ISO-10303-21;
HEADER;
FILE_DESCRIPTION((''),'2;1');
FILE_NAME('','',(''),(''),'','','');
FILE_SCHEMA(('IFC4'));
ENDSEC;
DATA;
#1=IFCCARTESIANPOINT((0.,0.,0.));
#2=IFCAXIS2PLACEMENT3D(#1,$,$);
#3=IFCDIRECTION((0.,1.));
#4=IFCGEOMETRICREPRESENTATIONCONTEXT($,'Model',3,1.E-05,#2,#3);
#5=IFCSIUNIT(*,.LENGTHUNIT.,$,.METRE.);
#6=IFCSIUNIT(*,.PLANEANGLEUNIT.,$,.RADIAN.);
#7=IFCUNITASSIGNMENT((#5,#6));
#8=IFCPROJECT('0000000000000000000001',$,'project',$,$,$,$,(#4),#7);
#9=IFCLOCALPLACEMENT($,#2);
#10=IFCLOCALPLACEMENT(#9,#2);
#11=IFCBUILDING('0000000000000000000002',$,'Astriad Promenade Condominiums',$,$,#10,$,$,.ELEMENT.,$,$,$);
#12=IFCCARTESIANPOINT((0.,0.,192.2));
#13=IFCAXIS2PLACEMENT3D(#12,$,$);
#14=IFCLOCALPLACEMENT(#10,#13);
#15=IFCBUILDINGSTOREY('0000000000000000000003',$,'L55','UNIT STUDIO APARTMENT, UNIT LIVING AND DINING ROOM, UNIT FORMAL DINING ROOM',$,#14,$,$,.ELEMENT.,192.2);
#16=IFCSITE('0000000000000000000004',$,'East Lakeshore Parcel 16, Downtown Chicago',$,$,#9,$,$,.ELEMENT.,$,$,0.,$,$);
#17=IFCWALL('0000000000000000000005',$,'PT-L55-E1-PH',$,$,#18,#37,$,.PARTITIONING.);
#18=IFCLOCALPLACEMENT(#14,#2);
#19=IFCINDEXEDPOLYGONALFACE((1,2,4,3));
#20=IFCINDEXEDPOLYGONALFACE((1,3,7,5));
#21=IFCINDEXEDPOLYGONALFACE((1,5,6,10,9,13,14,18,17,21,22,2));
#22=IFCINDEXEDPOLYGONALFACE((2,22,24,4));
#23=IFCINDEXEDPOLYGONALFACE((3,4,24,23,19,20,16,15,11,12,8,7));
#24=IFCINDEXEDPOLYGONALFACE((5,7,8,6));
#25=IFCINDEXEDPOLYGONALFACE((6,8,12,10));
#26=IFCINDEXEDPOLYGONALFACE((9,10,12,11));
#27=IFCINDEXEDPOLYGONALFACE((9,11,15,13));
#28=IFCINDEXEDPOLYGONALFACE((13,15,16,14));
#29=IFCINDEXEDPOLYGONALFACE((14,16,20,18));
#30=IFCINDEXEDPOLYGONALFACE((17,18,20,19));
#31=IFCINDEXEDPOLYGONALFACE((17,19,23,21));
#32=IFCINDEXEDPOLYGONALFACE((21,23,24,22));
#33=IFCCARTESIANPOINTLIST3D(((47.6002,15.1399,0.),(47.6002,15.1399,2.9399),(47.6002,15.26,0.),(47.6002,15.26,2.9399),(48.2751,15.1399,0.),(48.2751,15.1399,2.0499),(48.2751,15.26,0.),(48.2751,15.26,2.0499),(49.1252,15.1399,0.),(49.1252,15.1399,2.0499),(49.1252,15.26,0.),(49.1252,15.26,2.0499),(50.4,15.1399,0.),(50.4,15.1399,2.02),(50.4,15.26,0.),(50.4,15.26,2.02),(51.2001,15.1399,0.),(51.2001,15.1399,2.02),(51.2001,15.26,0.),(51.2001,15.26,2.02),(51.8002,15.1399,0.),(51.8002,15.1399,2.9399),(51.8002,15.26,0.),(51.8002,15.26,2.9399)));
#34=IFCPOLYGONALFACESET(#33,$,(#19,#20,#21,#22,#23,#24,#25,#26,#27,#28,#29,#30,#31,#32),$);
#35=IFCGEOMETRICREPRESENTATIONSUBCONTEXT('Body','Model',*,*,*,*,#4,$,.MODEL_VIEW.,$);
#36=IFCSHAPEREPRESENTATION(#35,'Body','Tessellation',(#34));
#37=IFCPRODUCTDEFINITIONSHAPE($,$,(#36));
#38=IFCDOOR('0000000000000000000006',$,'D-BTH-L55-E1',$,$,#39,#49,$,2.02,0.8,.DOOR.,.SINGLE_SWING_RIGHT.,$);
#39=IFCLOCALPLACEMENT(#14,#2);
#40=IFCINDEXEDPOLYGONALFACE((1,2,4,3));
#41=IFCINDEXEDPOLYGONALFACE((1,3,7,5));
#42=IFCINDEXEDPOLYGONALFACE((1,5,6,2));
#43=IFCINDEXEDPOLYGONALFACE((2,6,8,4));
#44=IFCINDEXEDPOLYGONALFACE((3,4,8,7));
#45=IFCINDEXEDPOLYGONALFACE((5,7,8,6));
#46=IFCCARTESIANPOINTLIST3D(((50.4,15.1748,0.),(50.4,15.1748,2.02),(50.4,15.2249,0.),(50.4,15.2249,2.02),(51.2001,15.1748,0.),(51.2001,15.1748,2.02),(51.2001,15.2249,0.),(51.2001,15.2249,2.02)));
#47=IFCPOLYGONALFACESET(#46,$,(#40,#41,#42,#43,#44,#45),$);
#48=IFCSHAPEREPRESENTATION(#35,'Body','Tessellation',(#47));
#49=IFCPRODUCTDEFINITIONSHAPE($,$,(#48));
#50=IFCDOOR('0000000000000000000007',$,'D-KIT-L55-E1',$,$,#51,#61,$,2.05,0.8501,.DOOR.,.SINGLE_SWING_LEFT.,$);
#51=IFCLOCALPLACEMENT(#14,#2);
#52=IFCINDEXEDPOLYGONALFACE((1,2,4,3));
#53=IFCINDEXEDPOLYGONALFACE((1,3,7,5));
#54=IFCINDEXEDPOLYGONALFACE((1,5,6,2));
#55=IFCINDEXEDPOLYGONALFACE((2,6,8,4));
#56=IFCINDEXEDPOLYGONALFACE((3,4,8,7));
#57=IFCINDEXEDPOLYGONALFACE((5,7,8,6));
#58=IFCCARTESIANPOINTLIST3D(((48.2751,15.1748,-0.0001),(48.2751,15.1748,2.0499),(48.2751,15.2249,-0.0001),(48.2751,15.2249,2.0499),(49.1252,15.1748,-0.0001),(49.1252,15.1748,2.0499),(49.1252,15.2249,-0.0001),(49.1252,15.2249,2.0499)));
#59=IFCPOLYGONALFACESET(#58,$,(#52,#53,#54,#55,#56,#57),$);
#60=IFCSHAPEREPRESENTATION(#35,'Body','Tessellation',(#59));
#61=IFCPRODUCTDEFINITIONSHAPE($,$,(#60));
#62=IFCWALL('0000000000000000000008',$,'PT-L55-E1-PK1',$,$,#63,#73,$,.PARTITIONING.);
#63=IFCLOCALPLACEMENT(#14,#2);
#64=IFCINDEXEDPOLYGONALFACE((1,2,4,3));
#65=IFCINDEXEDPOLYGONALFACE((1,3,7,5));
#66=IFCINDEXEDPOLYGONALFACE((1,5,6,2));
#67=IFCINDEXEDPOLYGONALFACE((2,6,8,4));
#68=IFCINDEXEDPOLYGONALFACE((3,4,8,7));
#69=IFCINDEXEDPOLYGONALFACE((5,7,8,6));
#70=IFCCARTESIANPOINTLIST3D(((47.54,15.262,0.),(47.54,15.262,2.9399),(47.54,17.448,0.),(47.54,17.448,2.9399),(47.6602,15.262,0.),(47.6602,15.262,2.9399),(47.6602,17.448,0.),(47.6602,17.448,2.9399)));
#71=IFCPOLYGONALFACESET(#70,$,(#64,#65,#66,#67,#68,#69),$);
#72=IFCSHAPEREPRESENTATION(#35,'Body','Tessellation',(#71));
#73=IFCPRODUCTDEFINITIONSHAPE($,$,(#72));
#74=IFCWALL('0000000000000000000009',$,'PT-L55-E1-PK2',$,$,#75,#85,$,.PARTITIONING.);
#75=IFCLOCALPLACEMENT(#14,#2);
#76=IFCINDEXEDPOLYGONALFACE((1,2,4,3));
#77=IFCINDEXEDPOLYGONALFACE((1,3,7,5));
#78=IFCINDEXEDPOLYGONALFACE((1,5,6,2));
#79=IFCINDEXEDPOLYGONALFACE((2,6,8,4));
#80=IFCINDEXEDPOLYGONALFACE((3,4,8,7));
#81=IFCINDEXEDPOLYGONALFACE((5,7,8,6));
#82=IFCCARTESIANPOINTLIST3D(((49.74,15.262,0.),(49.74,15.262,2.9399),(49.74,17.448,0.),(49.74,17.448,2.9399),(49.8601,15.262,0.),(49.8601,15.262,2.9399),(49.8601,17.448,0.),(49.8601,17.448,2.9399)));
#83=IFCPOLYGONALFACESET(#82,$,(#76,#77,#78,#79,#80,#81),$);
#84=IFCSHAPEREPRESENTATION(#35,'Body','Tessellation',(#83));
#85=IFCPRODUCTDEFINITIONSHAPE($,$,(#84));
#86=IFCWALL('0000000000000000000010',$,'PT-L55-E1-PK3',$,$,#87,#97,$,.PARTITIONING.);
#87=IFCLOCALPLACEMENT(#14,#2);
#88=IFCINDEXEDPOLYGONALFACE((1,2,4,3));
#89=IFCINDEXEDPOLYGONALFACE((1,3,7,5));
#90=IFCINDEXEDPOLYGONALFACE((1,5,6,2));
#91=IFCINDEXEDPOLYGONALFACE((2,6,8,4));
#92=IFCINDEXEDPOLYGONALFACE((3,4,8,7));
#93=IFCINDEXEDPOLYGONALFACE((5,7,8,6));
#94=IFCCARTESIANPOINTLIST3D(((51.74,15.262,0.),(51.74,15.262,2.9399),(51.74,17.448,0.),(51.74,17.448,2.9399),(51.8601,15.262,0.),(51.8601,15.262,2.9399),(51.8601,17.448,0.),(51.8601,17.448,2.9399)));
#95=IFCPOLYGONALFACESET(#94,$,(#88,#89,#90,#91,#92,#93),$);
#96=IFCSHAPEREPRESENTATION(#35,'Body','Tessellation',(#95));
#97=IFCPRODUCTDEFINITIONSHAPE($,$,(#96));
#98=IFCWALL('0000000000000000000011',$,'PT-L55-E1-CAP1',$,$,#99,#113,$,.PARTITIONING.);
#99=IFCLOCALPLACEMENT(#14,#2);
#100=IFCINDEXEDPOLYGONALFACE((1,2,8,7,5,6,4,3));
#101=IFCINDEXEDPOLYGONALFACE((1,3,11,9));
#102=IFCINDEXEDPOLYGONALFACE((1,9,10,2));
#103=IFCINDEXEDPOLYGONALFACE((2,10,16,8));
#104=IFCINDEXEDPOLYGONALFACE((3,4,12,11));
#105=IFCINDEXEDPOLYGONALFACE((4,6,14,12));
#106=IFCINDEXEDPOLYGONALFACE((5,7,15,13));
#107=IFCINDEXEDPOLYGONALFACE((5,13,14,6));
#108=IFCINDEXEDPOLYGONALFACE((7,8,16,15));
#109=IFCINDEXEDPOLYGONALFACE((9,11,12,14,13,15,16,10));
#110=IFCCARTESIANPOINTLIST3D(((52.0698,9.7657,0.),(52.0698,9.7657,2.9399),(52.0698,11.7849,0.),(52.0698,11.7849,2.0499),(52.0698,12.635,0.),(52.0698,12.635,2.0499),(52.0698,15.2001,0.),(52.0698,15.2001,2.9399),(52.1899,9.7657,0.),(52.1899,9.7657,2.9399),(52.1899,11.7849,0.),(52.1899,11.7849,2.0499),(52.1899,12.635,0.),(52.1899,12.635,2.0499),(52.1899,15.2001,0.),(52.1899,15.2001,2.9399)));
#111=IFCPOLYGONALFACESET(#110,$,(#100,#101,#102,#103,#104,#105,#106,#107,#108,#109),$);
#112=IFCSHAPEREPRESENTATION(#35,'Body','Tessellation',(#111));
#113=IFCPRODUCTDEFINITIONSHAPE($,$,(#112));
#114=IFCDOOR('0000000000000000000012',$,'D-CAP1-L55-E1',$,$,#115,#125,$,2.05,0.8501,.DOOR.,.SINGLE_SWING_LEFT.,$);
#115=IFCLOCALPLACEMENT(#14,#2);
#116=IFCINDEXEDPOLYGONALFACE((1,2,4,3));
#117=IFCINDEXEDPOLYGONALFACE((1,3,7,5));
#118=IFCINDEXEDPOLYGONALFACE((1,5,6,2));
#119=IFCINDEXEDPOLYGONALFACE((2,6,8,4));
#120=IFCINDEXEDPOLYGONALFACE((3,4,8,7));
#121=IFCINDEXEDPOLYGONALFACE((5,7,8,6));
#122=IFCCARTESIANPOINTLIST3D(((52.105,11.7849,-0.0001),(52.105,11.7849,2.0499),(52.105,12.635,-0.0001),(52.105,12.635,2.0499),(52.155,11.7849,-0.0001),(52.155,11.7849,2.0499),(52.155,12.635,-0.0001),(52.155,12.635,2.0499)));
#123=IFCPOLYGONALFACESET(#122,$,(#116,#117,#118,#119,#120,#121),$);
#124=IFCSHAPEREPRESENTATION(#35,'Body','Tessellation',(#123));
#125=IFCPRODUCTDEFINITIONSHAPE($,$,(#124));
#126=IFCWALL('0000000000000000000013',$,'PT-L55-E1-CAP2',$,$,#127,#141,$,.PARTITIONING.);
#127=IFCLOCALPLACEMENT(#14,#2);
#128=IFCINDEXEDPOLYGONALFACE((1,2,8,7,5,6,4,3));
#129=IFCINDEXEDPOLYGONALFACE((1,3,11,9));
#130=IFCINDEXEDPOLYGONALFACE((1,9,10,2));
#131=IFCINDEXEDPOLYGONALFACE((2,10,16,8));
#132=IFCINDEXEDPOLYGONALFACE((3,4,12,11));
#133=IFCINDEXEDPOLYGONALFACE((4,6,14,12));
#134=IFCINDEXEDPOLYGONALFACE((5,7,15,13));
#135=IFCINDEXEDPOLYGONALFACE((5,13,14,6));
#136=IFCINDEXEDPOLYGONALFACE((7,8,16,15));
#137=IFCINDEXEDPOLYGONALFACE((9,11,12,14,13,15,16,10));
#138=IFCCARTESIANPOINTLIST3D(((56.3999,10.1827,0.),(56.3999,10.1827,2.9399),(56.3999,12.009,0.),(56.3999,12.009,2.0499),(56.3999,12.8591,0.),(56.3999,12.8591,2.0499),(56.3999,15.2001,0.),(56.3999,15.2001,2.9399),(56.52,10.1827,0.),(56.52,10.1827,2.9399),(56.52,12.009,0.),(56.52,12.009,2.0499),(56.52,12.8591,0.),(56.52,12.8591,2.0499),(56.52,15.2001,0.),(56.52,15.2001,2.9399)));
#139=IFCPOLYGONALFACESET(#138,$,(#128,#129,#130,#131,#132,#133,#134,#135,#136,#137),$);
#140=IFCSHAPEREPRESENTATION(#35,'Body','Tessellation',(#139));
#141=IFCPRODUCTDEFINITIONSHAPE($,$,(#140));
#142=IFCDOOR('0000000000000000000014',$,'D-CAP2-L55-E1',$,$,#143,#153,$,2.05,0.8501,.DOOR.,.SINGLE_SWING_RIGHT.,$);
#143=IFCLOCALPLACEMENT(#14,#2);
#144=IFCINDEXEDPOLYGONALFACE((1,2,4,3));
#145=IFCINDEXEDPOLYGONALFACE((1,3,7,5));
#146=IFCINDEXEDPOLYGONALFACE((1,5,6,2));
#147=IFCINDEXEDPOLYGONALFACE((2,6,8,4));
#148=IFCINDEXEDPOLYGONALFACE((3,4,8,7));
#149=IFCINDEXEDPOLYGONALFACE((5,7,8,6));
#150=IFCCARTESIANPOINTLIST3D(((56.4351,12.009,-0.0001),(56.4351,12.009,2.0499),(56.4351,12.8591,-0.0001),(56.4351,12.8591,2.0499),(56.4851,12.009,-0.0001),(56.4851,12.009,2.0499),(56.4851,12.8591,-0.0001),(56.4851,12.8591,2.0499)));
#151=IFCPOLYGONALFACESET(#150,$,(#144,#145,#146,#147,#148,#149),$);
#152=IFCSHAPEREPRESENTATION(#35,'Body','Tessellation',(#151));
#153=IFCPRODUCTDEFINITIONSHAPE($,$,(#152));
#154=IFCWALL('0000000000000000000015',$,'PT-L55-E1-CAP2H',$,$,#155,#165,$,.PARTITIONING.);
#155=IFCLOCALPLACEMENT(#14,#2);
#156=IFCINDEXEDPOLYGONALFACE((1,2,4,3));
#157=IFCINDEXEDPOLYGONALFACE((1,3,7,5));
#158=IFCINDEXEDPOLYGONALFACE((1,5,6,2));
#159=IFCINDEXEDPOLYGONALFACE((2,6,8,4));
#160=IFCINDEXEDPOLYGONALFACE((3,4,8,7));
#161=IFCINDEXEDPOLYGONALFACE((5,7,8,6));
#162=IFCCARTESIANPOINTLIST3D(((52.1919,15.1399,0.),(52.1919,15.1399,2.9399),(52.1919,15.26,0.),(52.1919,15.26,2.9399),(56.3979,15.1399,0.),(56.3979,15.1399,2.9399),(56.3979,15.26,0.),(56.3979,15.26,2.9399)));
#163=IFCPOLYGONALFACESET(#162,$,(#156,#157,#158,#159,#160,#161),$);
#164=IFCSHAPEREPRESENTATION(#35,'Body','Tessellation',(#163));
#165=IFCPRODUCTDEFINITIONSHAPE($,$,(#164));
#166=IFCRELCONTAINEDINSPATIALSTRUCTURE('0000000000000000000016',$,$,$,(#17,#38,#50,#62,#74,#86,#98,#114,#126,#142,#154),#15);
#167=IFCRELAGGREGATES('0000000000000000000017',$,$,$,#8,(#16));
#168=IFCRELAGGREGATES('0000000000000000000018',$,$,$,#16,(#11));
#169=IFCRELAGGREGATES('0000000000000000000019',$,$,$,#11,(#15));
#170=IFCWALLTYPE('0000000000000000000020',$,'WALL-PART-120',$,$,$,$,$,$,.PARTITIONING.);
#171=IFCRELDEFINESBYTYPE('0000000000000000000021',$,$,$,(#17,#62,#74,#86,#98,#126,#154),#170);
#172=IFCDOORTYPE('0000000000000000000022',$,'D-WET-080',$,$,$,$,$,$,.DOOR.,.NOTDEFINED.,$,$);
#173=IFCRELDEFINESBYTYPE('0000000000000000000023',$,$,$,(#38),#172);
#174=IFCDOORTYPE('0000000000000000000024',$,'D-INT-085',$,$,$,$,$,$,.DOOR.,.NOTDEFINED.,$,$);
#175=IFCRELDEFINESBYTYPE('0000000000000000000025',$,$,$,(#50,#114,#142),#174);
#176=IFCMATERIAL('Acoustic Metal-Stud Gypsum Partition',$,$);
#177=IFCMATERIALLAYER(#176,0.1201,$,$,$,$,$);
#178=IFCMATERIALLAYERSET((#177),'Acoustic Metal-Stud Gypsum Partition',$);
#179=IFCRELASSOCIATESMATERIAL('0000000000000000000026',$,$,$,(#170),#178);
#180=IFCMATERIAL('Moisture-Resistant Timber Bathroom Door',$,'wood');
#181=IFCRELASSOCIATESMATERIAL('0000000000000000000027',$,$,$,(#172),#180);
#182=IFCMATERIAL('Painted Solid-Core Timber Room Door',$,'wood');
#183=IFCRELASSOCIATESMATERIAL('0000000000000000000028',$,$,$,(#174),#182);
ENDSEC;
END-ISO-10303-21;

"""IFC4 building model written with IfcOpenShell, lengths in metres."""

from ifc_helpers import new_model, si_unit, direction, frame, frame_2d, origin, place, context, subcontext, project, spatial, rectangle, extrude, source, transform, mapped, material, layer, layer_set, type_object, type_shapes, element, fill, save


model = new_model("IFC4")

# Units and contexts
model_context = context("Model", 3, precision=1e-05, world=origin(), true_north=direction((0.0, 1.0)))
body_context = subcontext(model_context, "Body", "Model", "MODEL_VIEW")
ifc_project = project(units=[si_unit("LENGTHUNIT", "METRE"), si_unit("PLANEANGLEUNIT", "RADIAN")], contexts=[model_context])

# Site, building, storey
site_placement = place(None, origin())
site = spatial("IfcSite", under=ifc_project, at=site_placement, Name="East Lakeshore Parcel 16, Downtown Chicago", CompositionType="ELEMENT", RefElevation=0.0)
building_placement = place(site_placement, origin())
building = spatial("IfcBuilding", under=site, at=building_placement, Name="Astriad Promenade Condominiums", CompositionType="ELEMENT")
storey_placement = place(building_placement, frame((0.0, 0.0, 192.2)))
storey = spatial("IfcBuildingStorey", under=building, at=storey_placement, Name="L55", Description="UNIT STUDIO APARTMENT, UNIT LIVING AND DINING ROOM, UNIT FORMAL DINING ROOM", CompositionType="ELEMENT", Elevation=192.2)

# Wall, openings, doors
ifc_material_1 = material(Name="Acoustic Metal-Stud Gypsum Partition")
ifc_layer_1 = layer(ifc_material_1, 0.1201)
ifc_layer_set_1 = layer_set([ifc_layer_1], Name="Acoustic Metal-Stud Gypsum Partition")
wall_type_1 = type_object("IfcWallType", Name="WALL-PART-120", PredefinedType="PARTITIONING", material=ifc_layer_set_1)
wall_1_placement = place(storey_placement, frame((47.6001, 15.2, 0.0), z_axis=(0.0, 0.0, 1.0), x_axis=(1.0, 0.0, 0.0)))
wall_1 = element("IfcWall", 1, at=wall_1_placement, inside=storey, type_object=wall_type_1, Name="PT-L55-E1-PH", PredefinedType="PARTITIONING", context=body_context, shape_type="SweptSolid", body=[
    extrude(rectangle(XDim=4.2, YDim=0.1201, at=frame_2d((2.1001, 0.0))), origin(), (0.0, 0.0, 1.0), 2.9399),
])
opening_1_placement = place(wall_1_placement, frame((0.675, 0.0, 0.0)))
opening_1 = element("IfcOpeningElement", 2, at=opening_1_placement, cuts=wall_1, PredefinedType="OPENING", context=body_context, shape_type="SweptSolid", body=[
    extrude(rectangle(XDim=0.8501, YDim=2.05, at=frame_2d((0.425, 1.0249))), frame((0.0, 0.0701, 0.0), z_axis=(0.0, -1.0, 0.0), x_axis=(1.0, 0.0, 0.0)), (0.0, 0.0, 1.0), 0.1401),
])
opening_2_placement = place(wall_1_placement, frame((2.8, 0.0, 0.0)))
opening_2 = element("IfcOpeningElement", 3, at=opening_2_placement, cuts=wall_1, PredefinedType="OPENING", context=body_context, shape_type="SweptSolid", body=[
    extrude(rectangle(XDim=0.8, YDim=2.02, at=frame_2d((0.3999, 1.01))), frame((0.0, 0.0701, 0.0), z_axis=(0.0, -1.0, 0.0), x_axis=(1.0, 0.0, 0.0)), (0.0, 0.0, 1.0), 0.1401),
])
ifc_material_2 = material(Name="Moisture-Resistant Timber Bathroom Door", Category="wood")
door_type_1 = type_object("IfcDoorType", Name="D-WET-080", OperationType="NOTDEFINED", PredefinedType="DOOR", material=ifc_material_2)
shared_shape_1 = source(origin(), body_context, "Body", "SweptSolid", [
    extrude(rectangle(XDim=0.8, YDim=2.02, at=frame_2d((0.3999, 1.01))), frame((0.0, 0.0249, 0.0), z_axis=(0.0, -1.0, 0.0), x_axis=(1.0, 0.0, 0.0)), (0.0, 0.0, 1.0), 0.05),
])
type_shapes(door_type_1, [shared_shape_1])
door_1_placement = place(opening_2_placement, origin())
door_1 = element("IfcDoor", 4, at=door_1_placement, inside=storey, type_object=door_type_1, Name="D-BTH-L55-E1", OperationType="SINGLE_SWING_RIGHT", OverallHeight=2.02, OverallWidth=0.8, PredefinedType="DOOR", context=body_context, shape_type="MappedRepresentation", body=[
    mapped(shared_shape_1, transform((0.0, 0.0, 0.0), scale=1.0)),
])
fill(opening_2, door_1)
ifc_material_3 = material(Name="Painted Solid-Core Timber Room Door", Category="wood")
door_type_2 = type_object("IfcDoorType", Name="D-INT-085", OperationType="NOTDEFINED", PredefinedType="DOOR", material=ifc_material_3)
shared_shape_2 = source(origin(), body_context, "Body", "SweptSolid", [
    extrude(rectangle(XDim=0.8501, YDim=2.05, at=frame_2d((0.425, 1.0249))), frame((0.0, 0.0249, 0.0), z_axis=(0.0, -1.0, 0.0), x_axis=(1.0, 0.0, 0.0)), (0.0, 0.0, 1.0), 0.05),
])
type_shapes(door_type_2, [shared_shape_2])
door_2_placement = place(opening_1_placement, origin())
door_2 = element("IfcDoor", 5, at=door_2_placement, inside=storey, type_object=door_type_2, Name="D-KIT-L55-E1", OperationType="SINGLE_SWING_LEFT", OverallHeight=2.05, OverallWidth=0.8501, PredefinedType="DOOR", context=body_context, shape_type="MappedRepresentation", body=[
    mapped(shared_shape_2, transform((0.0, 0.0, 0.0), scale=1.0)),
])
fill(opening_1, door_2)

# Walls
for number, where, z_axis, x_axis, name in (
    (6, (47.6001, 15.262, 0.0), (0.0, 0.0, 1.0), (0.0, 1.0, 0.0), "PT-L55-E1-PK1"),
    (7, (49.8, 15.262, 0.0), (0.0, 0.0, 1.0), (0.0, 1.0, 0.0), "PT-L55-E1-PK2"),
    (8, (51.8, 15.262, 0.0), (0.0, 0.0, 1.0), (0.0, 1.0, 0.0), "PT-L55-E1-PK3"),
):
    element("IfcWall", number, at=place(storey_placement, frame(where, z_axis=z_axis, x_axis=x_axis)), inside=storey, type_object=wall_type_1, Name=name, PredefinedType="PARTITIONING", context=body_context, shape_type="SweptSolid", body=[
        extrude(rectangle(XDim=2.186, YDim=0.1201, at=frame_2d((1.093, 0.0))), origin(), (0.0, 0.0, 1.0), 2.9399),
    ])

# Walls, openings, doors
wall_2_placement = place(storey_placement, frame((52.1299, 9.7656, 0.0), z_axis=(0.0, 0.0, 1.0), x_axis=(0.0, 1.0, 0.0)))
wall_2 = element("IfcWall", 9, at=wall_2_placement, inside=storey, type_object=wall_type_1, Name="PT-L55-E1-CAP1", PredefinedType="PARTITIONING", context=body_context, shape_type="SweptSolid", body=[
    extrude(rectangle(XDim=5.4343, YDim=0.1201, at=frame_2d((2.7173, 0.0))), origin(), (0.0, 0.0, 1.0), 2.9399),
])
opening_3_placement = place(wall_2_placement, frame((2.0193, 0.0, 0.0)))
opening_3 = element("IfcOpeningElement", 10, at=opening_3_placement, cuts=wall_2, PredefinedType="OPENING", context=body_context, shape_type="SweptSolid", body=[
    extrude(rectangle(XDim=0.8501, YDim=2.05, at=frame_2d((0.425, 1.0249))), frame((0.0, 0.0701, 0.0), z_axis=(0.0, -1.0, 0.0), x_axis=(1.0, 0.0, 0.0)), (0.0, 0.0, 1.0), 0.1401),
])
door_3_placement = place(opening_3_placement, origin())
door_3 = element("IfcDoor", 11, at=door_3_placement, inside=storey, type_object=door_type_2, Name="D-CAP1-L55-E1", OperationType="SINGLE_SWING_LEFT", OverallHeight=2.05, OverallWidth=0.8501, PredefinedType="DOOR", context=body_context, shape_type="MappedRepresentation", body=[
    mapped(shared_shape_2, transform((0.0, 0.0, 0.0), scale=1.0)),
])
fill(opening_3, door_3)
wall_3_placement = place(storey_placement, frame((56.46, 10.1826, 0.0), z_axis=(0.0, 0.0, 1.0), x_axis=(0.0, 1.0, 0.0)))
wall_3 = element("IfcWall", 12, at=wall_3_placement, inside=storey, type_object=wall_type_1, Name="PT-L55-E1-CAP2", PredefinedType="PARTITIONING", context=body_context, shape_type="SweptSolid", body=[
    extrude(rectangle(XDim=5.0173, YDim=0.1201, at=frame_2d((2.5088, 0.0))), origin(), (0.0, 0.0, 1.0), 2.9399),
])
opening_4_placement = place(wall_3_placement, frame((1.8264, 0.0, 0.0)))
opening_4 = element("IfcOpeningElement", 13, at=opening_4_placement, cuts=wall_3, PredefinedType="OPENING", context=body_context, shape_type="SweptSolid", body=[
    extrude(rectangle(XDim=0.8501, YDim=2.05, at=frame_2d((0.425, 1.0249))), frame((0.0, 0.0701, 0.0), z_axis=(0.0, -1.0, 0.0), x_axis=(1.0, 0.0, 0.0)), (0.0, 0.0, 1.0), 0.1401),
])
door_4_placement = place(opening_4_placement, origin())
door_4 = element("IfcDoor", 14, at=door_4_placement, inside=storey, type_object=door_type_2, Name="D-CAP2-L55-E1", OperationType="SINGLE_SWING_RIGHT", OverallHeight=2.05, OverallWidth=0.8501, PredefinedType="DOOR", context=body_context, shape_type="MappedRepresentation", body=[
    mapped(shared_shape_2, transform((0.0, 0.0, 0.0), scale=1.0)),
])
fill(opening_4, door_4)

# Wall
wall_4_placement = place(storey_placement, frame((52.1919, 15.2, 0.0), z_axis=(0.0, 0.0, 1.0), x_axis=(1.0, 0.0, 0.0)))
element("IfcWall", 15, at=wall_4_placement, inside=storey, type_object=wall_type_1, Name="PT-L55-E1-CAP2H", PredefinedType="PARTITIONING", context=body_context, shape_type="SweptSolid", body=[
    extrude(rectangle(XDim=4.2061, YDim=0.1201, at=frame_2d((2.103, 0.0))), origin(), (0.0, 0.0, 1.0), 2.9399),
])

save(model, "model.ifc")
